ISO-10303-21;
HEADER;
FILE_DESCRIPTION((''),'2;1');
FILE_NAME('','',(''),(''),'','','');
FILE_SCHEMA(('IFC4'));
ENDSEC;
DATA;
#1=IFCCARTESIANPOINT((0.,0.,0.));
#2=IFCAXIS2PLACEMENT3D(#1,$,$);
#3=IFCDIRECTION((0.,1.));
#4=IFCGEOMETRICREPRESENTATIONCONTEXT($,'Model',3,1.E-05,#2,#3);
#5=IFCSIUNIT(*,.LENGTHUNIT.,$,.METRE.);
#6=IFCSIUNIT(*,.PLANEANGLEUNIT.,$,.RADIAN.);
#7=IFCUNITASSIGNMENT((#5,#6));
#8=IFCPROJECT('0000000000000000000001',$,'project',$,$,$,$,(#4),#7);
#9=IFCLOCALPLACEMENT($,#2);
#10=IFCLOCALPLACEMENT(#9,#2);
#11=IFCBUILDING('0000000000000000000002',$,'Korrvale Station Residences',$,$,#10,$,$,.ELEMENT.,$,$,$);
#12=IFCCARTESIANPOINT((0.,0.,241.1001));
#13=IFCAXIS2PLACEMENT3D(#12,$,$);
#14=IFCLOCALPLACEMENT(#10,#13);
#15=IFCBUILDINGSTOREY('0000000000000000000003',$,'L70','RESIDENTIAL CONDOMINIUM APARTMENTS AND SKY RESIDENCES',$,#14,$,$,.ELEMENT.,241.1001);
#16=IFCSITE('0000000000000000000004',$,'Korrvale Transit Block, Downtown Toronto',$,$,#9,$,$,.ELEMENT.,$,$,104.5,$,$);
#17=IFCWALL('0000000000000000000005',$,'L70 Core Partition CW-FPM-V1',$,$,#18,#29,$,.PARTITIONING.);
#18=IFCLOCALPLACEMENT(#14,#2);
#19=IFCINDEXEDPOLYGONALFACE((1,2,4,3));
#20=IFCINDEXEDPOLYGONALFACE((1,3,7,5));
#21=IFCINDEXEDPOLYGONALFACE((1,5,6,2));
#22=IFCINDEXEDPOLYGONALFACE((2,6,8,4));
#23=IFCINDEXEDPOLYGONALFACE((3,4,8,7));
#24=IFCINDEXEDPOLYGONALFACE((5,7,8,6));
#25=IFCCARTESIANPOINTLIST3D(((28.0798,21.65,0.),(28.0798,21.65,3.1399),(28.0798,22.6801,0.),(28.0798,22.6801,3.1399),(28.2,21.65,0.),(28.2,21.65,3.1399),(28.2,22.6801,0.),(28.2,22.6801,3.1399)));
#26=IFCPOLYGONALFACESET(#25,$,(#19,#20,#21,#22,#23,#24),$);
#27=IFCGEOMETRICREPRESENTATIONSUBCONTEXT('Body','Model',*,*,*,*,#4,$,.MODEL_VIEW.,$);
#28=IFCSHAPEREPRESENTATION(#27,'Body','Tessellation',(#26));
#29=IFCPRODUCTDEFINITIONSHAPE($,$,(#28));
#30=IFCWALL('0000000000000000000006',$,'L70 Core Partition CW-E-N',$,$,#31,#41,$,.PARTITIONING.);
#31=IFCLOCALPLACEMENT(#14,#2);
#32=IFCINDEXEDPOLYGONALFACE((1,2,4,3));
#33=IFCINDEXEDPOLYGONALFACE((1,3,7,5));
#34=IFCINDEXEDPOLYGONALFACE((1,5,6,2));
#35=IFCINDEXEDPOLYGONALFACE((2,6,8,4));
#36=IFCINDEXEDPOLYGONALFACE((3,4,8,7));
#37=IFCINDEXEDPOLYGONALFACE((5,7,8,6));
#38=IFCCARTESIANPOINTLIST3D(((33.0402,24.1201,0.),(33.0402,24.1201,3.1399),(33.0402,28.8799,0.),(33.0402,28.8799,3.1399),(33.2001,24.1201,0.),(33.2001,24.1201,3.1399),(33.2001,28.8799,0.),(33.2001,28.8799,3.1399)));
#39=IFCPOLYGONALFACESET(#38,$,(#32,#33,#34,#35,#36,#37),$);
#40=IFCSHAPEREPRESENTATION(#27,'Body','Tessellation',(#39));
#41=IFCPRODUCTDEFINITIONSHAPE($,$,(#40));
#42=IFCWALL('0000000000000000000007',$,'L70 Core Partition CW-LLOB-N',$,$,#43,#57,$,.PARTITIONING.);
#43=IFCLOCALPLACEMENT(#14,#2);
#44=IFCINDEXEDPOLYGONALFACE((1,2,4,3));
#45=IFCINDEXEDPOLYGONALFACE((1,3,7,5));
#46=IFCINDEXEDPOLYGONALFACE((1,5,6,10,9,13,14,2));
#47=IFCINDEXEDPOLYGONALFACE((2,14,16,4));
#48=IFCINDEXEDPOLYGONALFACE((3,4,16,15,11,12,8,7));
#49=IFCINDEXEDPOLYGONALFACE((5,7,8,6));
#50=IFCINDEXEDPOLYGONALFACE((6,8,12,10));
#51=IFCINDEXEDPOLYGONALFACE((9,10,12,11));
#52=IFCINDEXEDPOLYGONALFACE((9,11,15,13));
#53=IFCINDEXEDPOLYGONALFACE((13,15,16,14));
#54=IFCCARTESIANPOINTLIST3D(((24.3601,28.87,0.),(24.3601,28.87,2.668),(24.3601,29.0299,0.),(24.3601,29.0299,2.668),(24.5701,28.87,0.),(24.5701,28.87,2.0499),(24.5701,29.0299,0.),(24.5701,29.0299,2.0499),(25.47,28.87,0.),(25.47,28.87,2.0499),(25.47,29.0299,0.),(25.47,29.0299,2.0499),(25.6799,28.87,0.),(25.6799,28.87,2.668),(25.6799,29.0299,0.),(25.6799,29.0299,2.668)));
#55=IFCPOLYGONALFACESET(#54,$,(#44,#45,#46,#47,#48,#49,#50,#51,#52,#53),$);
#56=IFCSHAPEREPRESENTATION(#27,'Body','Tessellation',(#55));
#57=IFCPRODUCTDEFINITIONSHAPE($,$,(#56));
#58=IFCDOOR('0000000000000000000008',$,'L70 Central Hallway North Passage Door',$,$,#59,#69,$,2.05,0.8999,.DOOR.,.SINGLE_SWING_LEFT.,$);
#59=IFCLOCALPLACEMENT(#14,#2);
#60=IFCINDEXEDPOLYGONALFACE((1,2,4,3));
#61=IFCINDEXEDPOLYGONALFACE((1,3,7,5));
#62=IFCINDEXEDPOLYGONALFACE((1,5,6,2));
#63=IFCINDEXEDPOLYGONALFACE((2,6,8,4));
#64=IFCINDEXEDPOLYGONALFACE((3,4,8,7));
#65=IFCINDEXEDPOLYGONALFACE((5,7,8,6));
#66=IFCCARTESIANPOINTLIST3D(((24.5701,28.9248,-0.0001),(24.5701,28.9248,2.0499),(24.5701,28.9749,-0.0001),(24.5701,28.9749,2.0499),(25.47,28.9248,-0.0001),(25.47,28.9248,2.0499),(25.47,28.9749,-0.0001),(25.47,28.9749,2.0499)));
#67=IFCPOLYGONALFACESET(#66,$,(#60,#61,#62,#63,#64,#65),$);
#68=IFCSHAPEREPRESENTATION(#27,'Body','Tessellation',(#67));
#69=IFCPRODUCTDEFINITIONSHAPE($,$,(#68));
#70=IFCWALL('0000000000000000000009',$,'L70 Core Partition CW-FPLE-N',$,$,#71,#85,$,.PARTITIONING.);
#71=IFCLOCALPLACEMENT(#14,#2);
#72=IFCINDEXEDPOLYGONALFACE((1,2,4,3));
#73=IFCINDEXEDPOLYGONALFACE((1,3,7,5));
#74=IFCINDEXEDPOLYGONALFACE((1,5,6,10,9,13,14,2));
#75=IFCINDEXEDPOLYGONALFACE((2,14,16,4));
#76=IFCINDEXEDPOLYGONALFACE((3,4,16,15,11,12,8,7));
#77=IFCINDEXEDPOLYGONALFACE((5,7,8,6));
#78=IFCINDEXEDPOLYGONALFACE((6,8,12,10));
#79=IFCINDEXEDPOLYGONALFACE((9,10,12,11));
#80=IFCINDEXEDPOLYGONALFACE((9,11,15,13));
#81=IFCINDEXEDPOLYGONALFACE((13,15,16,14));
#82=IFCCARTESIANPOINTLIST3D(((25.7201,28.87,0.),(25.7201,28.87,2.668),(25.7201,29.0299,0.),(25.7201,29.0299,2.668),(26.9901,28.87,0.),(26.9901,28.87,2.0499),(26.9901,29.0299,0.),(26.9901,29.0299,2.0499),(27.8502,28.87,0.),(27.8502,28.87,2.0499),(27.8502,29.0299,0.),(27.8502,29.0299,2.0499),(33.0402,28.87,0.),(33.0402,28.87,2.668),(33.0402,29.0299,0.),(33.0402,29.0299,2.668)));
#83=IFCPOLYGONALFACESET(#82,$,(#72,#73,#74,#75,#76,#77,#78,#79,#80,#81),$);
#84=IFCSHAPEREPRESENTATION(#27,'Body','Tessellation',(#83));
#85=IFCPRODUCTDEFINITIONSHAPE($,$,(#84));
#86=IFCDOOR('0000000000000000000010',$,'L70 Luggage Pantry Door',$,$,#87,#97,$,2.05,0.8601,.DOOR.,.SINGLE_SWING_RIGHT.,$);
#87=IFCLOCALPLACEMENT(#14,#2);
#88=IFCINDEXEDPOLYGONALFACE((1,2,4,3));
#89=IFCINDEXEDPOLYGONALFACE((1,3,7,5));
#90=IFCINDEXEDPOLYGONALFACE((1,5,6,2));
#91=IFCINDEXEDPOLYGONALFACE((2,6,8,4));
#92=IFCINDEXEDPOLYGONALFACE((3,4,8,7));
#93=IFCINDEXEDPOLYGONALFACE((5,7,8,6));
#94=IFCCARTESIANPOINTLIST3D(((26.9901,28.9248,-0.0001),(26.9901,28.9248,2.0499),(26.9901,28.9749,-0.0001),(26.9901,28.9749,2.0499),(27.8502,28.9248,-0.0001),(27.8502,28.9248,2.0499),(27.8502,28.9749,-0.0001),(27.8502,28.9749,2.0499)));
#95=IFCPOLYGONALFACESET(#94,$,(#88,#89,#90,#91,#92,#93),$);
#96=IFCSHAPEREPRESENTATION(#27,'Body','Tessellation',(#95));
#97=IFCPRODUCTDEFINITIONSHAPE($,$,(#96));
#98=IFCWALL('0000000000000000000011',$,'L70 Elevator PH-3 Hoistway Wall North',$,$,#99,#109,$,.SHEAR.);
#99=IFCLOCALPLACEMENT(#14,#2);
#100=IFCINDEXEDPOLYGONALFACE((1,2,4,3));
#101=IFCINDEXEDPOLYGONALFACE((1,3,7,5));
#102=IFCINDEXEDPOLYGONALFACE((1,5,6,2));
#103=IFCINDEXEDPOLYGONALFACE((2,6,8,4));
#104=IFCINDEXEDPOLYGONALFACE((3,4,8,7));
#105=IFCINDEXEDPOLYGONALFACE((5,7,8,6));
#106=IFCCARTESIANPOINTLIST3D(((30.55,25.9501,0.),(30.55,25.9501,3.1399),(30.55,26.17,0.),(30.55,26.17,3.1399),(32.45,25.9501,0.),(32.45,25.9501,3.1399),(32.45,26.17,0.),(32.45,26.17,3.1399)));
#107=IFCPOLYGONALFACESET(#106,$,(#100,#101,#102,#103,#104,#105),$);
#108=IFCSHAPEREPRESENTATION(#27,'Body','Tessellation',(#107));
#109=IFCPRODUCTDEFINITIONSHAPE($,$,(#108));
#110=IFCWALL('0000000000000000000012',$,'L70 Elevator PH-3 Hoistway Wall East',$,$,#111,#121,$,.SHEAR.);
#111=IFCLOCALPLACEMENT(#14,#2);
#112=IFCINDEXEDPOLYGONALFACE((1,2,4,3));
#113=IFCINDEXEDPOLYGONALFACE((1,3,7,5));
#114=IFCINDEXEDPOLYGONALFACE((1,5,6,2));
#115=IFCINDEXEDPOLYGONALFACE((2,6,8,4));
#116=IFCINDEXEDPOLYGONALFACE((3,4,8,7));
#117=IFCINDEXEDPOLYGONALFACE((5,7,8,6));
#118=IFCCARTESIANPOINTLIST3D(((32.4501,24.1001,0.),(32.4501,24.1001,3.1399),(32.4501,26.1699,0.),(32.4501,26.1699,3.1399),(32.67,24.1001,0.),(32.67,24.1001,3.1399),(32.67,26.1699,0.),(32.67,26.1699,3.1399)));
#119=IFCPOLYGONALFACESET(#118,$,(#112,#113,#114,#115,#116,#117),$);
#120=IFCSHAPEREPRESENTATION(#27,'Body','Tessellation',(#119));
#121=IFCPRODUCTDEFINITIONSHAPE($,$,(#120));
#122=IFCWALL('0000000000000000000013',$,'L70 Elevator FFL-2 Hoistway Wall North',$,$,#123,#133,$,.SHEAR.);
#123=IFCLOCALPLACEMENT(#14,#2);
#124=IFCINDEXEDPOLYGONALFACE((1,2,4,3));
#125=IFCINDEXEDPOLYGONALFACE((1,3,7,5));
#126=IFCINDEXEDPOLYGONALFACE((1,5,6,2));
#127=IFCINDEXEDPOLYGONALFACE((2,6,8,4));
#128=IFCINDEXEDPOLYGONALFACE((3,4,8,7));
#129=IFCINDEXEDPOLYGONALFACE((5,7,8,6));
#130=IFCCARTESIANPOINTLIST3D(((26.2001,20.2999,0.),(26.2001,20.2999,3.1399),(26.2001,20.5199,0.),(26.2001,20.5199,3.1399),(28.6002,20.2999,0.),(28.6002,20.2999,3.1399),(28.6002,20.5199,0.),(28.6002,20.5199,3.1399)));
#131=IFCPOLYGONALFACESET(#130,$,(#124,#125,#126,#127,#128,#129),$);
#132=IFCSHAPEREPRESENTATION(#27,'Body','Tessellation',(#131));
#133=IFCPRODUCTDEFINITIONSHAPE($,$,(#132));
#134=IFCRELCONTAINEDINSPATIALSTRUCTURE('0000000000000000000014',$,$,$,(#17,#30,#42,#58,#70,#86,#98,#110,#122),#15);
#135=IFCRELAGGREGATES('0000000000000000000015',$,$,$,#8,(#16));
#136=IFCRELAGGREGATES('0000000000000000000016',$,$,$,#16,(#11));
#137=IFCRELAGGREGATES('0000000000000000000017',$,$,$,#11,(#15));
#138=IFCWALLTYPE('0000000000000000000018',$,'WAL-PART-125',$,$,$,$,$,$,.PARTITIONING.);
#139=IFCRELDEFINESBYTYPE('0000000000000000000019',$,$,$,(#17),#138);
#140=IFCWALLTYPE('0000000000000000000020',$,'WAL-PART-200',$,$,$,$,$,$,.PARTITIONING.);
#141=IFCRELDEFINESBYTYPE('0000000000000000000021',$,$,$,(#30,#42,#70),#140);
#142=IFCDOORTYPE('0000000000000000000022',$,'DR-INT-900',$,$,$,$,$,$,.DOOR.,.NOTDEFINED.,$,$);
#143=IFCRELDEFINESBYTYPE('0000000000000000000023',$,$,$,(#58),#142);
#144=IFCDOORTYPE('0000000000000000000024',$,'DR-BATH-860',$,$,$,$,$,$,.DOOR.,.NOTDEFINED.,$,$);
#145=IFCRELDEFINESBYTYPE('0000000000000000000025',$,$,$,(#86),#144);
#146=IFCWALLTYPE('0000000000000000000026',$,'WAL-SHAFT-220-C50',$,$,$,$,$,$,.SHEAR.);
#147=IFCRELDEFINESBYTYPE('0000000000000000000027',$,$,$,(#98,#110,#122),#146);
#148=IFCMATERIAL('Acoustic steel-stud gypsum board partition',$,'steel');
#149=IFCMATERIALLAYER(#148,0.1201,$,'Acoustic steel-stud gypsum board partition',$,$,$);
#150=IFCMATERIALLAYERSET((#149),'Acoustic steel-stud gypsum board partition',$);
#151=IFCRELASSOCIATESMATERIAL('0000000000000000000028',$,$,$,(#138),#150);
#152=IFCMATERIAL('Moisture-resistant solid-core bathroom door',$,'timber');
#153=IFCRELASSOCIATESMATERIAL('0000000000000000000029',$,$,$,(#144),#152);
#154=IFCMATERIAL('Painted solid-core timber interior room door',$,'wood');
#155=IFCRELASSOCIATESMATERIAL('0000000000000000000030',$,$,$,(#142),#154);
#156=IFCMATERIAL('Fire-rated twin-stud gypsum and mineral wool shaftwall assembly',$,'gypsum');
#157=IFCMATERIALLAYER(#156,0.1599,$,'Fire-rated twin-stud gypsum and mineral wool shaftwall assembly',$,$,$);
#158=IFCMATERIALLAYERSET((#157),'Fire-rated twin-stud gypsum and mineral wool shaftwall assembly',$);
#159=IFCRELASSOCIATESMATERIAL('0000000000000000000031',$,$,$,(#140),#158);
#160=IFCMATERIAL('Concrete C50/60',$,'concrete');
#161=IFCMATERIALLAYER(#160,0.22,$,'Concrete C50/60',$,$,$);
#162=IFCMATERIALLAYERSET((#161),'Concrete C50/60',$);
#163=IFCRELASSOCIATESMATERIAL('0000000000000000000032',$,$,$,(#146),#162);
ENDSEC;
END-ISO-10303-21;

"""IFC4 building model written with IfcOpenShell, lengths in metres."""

from ifc_helpers import new_model, si_unit, direction, frame, frame_2d, origin, place, context, subcontext, project, spatial, rectangle, extrude, material, layer, layer_set, type_object, element, fill, save


model = new_model("IFC4")

# Units and contexts
model_context = context("Model", 3, precision=1e-05, world=origin(), true_north=direction((0.0, 1.0)))
body_context = subcontext(model_context, "Body", "Model", "MODEL_VIEW")
ifc_project = project(units=[si_unit("LENGTHUNIT", "METRE"), si_unit("PLANEANGLEUNIT", "RADIAN")], contexts=[model_context])

# Site, building, storey
site_placement = place(None, origin())
site = spatial("IfcSite", under=ifc_project, at=site_placement, Name="Korrvale Transit Block, Downtown Toronto", CompositionType="ELEMENT", RefElevation=104.5)
building_placement = place(site_placement, origin())
building = spatial("IfcBuilding", under=site, at=building_placement, Name="Korrvale Station Residences", CompositionType="ELEMENT")
storey_placement = place(building_placement, frame((0.0, 0.0, 241.1001)))
storey = spatial("IfcBuildingStorey", under=building, at=storey_placement, Name="L70", Description="RESIDENTIAL CONDOMINIUM APARTMENTS AND SKY RESIDENCES", CompositionType="ELEMENT", Elevation=241.1001)

# Shared definitions
ifc_material_1 = material(Name="Concrete C50/60", Category="concrete")

# Shared definitions
ifc_material_2 = material(Name="Acoustic steel-stud gypsum board partition", Category="steel")
ifc_layer_1 = layer(ifc_material_2, 0.1201, Name="Acoustic steel-stud gypsum board partition")
ifc_layer_set_1 = layer_set([ifc_layer_1], Name="Acoustic steel-stud gypsum board partition")
wall_type_1 = type_object("IfcWallType", Name="WAL-PART-125", PredefinedType="PARTITIONING", material=ifc_layer_set_1)

# Shared definitions
ifc_material_3 = material(Name="Moisture-resistant solid-core bathroom door", Category="timber")
door_type_1 = type_object("IfcDoorType", Name="DR-BATH-860", OperationType="NOTDEFINED", PredefinedType="DOOR", material=ifc_material_3)

# Shared definitions
ifc_material_4 = material(Name="Painted solid-core timber interior room door", Category="wood")
door_type_2 = type_object("IfcDoorType", Name="DR-INT-900", OperationType="NOTDEFINED", PredefinedType="DOOR", material=ifc_material_4)

# Walls
wall_1_placement = place(storey_placement, frame((28.1399, 21.6499, 0.0), z_axis=(0.0, 0.0, 1.0), x_axis=(0.0, 1.0, 0.0)))
element("IfcWall", 1, at=wall_1_placement, inside=storey, type_object=wall_type_1, Name="L70 Core Partition CW-FPM-V1", PredefinedType="PARTITIONING", context=body_context, shape_type="SweptSolid", body=[
    extrude(rectangle(XDim=1.03, YDim=0.1201, at=frame_2d((0.5151, 0.0))), origin(), (0.0, 0.0, 1.0), 3.1399),
])
ifc_material_5 = material(Name="Fire-rated twin-stud gypsum and mineral wool shaftwall assembly", Category="gypsum")
ifc_layer_2 = layer(ifc_material_5, 0.1599, Name="Fire-rated twin-stud gypsum and mineral wool shaftwall assembly")
ifc_layer_set_2 = layer_set([ifc_layer_2], Name="Fire-rated twin-stud gypsum and mineral wool shaftwall assembly")
wall_type_2 = type_object("IfcWallType", Name="WAL-PART-200", PredefinedType="PARTITIONING", material=ifc_layer_set_2)
wall_2_placement = place(storey_placement, frame((33.1201, 24.1201, 0.0), z_axis=(0.0, 0.0, 1.0), x_axis=(0.0, 1.0, 0.0)))
element("IfcWall", 2, at=wall_2_placement, inside=storey, type_object=wall_type_2, Name="L70 Core Partition CW-E-N", PredefinedType="PARTITIONING", context=body_context, shape_type="SweptSolid", body=[
    extrude(rectangle(XDim=4.7598, YDim=0.1599, at=frame_2d((2.3799, 0.0))), origin(), (0.0, 0.0, 1.0), 3.1399),
])

# Walls, openings, doors
wall_3_placement = place(storey_placement, frame((24.3601, 28.95, 0.0), z_axis=(0.0, 0.0, 1.0), x_axis=(1.0, 0.0, 0.0)))
wall_3 = element("IfcWall", 3, at=wall_3_placement, inside=storey, type_object=wall_type_2, Name="L70 Core Partition CW-LLOB-N", PredefinedType="PARTITIONING", context=body_context, shape_type="SweptSolid", body=[
    extrude(rectangle(XDim=1.3198, YDim=0.1599, at=frame_2d((0.6599, 0.0))), origin(), (0.0, 0.0, 1.0), 2.668),
])
opening_1_placement = place(wall_3_placement, frame((0.21, 0.0, 0.0)))
opening_1 = element("IfcOpeningElement", 4, at=opening_1_placement, cuts=wall_3, PredefinedType="OPENING", context=body_context, shape_type="SweptSolid", body=[
    extrude(rectangle(XDim=0.8999, YDim=2.05, at=frame_2d((0.45, 1.0249))), frame((0.0, 0.0898, 0.0), z_axis=(0.0, -1.0, 0.0), x_axis=(1.0, 0.0, 0.0)), (0.0, 0.0, 1.0), 0.1799),
])
door_1_placement = place(opening_1_placement, origin())
door_1 = element("IfcDoor", 5, at=door_1_placement, inside=storey, type_object=door_type_2, Name="L70 Central Hallway North Passage Door", OperationType="SINGLE_SWING_LEFT", OverallHeight=2.05, OverallWidth=0.8999, PredefinedType="DOOR", context=body_context, shape_type="SweptSolid", body=[
    extrude(rectangle(XDim=0.8999, YDim=2.05, at=frame_2d((0.45, 1.0249))), frame((0.0, 0.0249, 0.0), z_axis=(0.0, -1.0, 0.0), x_axis=(1.0, 0.0, 0.0)), (0.0, 0.0, 1.0), 0.05),
])
fill(opening_1, door_1)
wall_4_placement = place(storey_placement, frame((25.72, 28.95, 0.0), z_axis=(0.0, 0.0, 1.0), x_axis=(1.0, 0.0, 0.0)))
wall_4 = element("IfcWall", 6, at=wall_4_placement, inside=storey, type_object=wall_type_2, Name="L70 Core Partition CW-FPLE-N", PredefinedType="PARTITIONING", context=body_context, shape_type="SweptSolid", body=[
    extrude(rectangle(XDim=7.3201, YDim=0.1599, at=frame_2d((3.6602, 0.0))), origin(), (0.0, 0.0, 1.0), 2.668),
])
opening_2_placement = place(wall_4_placement, frame((1.27, 0.0, 0.0)))
opening_2 = element("IfcOpeningElement", 7, at=opening_2_placement, cuts=wall_4, PredefinedType="OPENING", context=body_context, shape_type="SweptSolid", body=[
    extrude(rectangle(XDim=0.8601, YDim=2.05, at=frame_2d((0.4302, 1.0249))), frame((0.0, 0.0898, 0.0), z_axis=(0.0, -1.0, 0.0), x_axis=(1.0, 0.0, 0.0)), (0.0, 0.0, 1.0), 0.1799),
])
door_2_placement = place(opening_2_placement, origin())
door_2 = element("IfcDoor", 8, at=door_2_placement, inside=storey, type_object=door_type_1, Name="L70 Luggage Pantry Door", OperationType="SINGLE_SWING_RIGHT", OverallHeight=2.05, OverallWidth=0.8601, PredefinedType="DOOR", context=body_context, shape_type="SweptSolid", body=[
    extrude(rectangle(XDim=0.8601, YDim=2.05, at=frame_2d((0.4302, 1.0249))), frame((0.0, 0.0249, 0.0), z_axis=(0.0, -1.0, 0.0), x_axis=(1.0, 0.0, 0.0)), (0.0, 0.0, 1.0), 0.05),
])
fill(opening_2, door_2)

# Wall
ifc_layer_3 = layer(ifc_material_1, 0.22, Name="Concrete C50/60")
ifc_layer_set_3 = layer_set([ifc_layer_3], Name="Concrete C50/60")
wall_type_3 = type_object("IfcWallType", Name="WAL-SHAFT-220-C50", PredefinedType="SHEAR", material=ifc_layer_set_3)
wall_5_placement = place(storey_placement, frame((30.55, 26.0601, 0.0), z_axis=(0.0, 0.0, 1.0), x_axis=(1.0, 0.0, 0.0)))
element("IfcWall", 9, at=wall_5_placement, inside=storey, type_object=wall_type_3, Name="L70 Elevator PH-3 Hoistway Wall North", PredefinedType="SHEAR", context=body_context, shape_type="SweptSolid", body=[
    extrude(rectangle(XDim=1.8999, YDim=0.22, at=frame_2d((0.95, 0.0))), origin(), (0.0, 0.0, 1.0), 3.1399),
])

# Walls
wall_6_placement = place(storey_placement, frame((32.5601, 24.1001, 0.0), z_axis=(0.0, 0.0, 1.0), x_axis=(0.0, 1.0, 0.0)))
element("IfcWall", 10, at=wall_6_placement, inside=storey, type_object=wall_type_3, Name="L70 Elevator PH-3 Hoistway Wall East", PredefinedType="SHEAR", context=body_context, shape_type="SweptSolid", body=[
    extrude(rectangle(XDim=2.0698, YDim=0.22, at=frame_2d((1.0349, 0.0))), origin(), (0.0, 0.0, 1.0), 3.1399),
])
wall_7_placement = place(storey_placement, frame((26.2, 20.4099, 0.0), z_axis=(0.0, 0.0, 1.0), x_axis=(1.0, 0.0, 0.0)))
element("IfcWall", 11, at=wall_7_placement, inside=storey, type_object=wall_type_3, Name="L70 Elevator FFL-2 Hoistway Wall North", PredefinedType="SHEAR", context=body_context, shape_type="SweptSolid", body=[
    extrude(rectangle(XDim=2.4001, YDim=0.22, at=frame_2d((1.2002, 0.0))), origin(), (0.0, 0.0, 1.0), 3.1399),
])

save(model, "model.ifc")
